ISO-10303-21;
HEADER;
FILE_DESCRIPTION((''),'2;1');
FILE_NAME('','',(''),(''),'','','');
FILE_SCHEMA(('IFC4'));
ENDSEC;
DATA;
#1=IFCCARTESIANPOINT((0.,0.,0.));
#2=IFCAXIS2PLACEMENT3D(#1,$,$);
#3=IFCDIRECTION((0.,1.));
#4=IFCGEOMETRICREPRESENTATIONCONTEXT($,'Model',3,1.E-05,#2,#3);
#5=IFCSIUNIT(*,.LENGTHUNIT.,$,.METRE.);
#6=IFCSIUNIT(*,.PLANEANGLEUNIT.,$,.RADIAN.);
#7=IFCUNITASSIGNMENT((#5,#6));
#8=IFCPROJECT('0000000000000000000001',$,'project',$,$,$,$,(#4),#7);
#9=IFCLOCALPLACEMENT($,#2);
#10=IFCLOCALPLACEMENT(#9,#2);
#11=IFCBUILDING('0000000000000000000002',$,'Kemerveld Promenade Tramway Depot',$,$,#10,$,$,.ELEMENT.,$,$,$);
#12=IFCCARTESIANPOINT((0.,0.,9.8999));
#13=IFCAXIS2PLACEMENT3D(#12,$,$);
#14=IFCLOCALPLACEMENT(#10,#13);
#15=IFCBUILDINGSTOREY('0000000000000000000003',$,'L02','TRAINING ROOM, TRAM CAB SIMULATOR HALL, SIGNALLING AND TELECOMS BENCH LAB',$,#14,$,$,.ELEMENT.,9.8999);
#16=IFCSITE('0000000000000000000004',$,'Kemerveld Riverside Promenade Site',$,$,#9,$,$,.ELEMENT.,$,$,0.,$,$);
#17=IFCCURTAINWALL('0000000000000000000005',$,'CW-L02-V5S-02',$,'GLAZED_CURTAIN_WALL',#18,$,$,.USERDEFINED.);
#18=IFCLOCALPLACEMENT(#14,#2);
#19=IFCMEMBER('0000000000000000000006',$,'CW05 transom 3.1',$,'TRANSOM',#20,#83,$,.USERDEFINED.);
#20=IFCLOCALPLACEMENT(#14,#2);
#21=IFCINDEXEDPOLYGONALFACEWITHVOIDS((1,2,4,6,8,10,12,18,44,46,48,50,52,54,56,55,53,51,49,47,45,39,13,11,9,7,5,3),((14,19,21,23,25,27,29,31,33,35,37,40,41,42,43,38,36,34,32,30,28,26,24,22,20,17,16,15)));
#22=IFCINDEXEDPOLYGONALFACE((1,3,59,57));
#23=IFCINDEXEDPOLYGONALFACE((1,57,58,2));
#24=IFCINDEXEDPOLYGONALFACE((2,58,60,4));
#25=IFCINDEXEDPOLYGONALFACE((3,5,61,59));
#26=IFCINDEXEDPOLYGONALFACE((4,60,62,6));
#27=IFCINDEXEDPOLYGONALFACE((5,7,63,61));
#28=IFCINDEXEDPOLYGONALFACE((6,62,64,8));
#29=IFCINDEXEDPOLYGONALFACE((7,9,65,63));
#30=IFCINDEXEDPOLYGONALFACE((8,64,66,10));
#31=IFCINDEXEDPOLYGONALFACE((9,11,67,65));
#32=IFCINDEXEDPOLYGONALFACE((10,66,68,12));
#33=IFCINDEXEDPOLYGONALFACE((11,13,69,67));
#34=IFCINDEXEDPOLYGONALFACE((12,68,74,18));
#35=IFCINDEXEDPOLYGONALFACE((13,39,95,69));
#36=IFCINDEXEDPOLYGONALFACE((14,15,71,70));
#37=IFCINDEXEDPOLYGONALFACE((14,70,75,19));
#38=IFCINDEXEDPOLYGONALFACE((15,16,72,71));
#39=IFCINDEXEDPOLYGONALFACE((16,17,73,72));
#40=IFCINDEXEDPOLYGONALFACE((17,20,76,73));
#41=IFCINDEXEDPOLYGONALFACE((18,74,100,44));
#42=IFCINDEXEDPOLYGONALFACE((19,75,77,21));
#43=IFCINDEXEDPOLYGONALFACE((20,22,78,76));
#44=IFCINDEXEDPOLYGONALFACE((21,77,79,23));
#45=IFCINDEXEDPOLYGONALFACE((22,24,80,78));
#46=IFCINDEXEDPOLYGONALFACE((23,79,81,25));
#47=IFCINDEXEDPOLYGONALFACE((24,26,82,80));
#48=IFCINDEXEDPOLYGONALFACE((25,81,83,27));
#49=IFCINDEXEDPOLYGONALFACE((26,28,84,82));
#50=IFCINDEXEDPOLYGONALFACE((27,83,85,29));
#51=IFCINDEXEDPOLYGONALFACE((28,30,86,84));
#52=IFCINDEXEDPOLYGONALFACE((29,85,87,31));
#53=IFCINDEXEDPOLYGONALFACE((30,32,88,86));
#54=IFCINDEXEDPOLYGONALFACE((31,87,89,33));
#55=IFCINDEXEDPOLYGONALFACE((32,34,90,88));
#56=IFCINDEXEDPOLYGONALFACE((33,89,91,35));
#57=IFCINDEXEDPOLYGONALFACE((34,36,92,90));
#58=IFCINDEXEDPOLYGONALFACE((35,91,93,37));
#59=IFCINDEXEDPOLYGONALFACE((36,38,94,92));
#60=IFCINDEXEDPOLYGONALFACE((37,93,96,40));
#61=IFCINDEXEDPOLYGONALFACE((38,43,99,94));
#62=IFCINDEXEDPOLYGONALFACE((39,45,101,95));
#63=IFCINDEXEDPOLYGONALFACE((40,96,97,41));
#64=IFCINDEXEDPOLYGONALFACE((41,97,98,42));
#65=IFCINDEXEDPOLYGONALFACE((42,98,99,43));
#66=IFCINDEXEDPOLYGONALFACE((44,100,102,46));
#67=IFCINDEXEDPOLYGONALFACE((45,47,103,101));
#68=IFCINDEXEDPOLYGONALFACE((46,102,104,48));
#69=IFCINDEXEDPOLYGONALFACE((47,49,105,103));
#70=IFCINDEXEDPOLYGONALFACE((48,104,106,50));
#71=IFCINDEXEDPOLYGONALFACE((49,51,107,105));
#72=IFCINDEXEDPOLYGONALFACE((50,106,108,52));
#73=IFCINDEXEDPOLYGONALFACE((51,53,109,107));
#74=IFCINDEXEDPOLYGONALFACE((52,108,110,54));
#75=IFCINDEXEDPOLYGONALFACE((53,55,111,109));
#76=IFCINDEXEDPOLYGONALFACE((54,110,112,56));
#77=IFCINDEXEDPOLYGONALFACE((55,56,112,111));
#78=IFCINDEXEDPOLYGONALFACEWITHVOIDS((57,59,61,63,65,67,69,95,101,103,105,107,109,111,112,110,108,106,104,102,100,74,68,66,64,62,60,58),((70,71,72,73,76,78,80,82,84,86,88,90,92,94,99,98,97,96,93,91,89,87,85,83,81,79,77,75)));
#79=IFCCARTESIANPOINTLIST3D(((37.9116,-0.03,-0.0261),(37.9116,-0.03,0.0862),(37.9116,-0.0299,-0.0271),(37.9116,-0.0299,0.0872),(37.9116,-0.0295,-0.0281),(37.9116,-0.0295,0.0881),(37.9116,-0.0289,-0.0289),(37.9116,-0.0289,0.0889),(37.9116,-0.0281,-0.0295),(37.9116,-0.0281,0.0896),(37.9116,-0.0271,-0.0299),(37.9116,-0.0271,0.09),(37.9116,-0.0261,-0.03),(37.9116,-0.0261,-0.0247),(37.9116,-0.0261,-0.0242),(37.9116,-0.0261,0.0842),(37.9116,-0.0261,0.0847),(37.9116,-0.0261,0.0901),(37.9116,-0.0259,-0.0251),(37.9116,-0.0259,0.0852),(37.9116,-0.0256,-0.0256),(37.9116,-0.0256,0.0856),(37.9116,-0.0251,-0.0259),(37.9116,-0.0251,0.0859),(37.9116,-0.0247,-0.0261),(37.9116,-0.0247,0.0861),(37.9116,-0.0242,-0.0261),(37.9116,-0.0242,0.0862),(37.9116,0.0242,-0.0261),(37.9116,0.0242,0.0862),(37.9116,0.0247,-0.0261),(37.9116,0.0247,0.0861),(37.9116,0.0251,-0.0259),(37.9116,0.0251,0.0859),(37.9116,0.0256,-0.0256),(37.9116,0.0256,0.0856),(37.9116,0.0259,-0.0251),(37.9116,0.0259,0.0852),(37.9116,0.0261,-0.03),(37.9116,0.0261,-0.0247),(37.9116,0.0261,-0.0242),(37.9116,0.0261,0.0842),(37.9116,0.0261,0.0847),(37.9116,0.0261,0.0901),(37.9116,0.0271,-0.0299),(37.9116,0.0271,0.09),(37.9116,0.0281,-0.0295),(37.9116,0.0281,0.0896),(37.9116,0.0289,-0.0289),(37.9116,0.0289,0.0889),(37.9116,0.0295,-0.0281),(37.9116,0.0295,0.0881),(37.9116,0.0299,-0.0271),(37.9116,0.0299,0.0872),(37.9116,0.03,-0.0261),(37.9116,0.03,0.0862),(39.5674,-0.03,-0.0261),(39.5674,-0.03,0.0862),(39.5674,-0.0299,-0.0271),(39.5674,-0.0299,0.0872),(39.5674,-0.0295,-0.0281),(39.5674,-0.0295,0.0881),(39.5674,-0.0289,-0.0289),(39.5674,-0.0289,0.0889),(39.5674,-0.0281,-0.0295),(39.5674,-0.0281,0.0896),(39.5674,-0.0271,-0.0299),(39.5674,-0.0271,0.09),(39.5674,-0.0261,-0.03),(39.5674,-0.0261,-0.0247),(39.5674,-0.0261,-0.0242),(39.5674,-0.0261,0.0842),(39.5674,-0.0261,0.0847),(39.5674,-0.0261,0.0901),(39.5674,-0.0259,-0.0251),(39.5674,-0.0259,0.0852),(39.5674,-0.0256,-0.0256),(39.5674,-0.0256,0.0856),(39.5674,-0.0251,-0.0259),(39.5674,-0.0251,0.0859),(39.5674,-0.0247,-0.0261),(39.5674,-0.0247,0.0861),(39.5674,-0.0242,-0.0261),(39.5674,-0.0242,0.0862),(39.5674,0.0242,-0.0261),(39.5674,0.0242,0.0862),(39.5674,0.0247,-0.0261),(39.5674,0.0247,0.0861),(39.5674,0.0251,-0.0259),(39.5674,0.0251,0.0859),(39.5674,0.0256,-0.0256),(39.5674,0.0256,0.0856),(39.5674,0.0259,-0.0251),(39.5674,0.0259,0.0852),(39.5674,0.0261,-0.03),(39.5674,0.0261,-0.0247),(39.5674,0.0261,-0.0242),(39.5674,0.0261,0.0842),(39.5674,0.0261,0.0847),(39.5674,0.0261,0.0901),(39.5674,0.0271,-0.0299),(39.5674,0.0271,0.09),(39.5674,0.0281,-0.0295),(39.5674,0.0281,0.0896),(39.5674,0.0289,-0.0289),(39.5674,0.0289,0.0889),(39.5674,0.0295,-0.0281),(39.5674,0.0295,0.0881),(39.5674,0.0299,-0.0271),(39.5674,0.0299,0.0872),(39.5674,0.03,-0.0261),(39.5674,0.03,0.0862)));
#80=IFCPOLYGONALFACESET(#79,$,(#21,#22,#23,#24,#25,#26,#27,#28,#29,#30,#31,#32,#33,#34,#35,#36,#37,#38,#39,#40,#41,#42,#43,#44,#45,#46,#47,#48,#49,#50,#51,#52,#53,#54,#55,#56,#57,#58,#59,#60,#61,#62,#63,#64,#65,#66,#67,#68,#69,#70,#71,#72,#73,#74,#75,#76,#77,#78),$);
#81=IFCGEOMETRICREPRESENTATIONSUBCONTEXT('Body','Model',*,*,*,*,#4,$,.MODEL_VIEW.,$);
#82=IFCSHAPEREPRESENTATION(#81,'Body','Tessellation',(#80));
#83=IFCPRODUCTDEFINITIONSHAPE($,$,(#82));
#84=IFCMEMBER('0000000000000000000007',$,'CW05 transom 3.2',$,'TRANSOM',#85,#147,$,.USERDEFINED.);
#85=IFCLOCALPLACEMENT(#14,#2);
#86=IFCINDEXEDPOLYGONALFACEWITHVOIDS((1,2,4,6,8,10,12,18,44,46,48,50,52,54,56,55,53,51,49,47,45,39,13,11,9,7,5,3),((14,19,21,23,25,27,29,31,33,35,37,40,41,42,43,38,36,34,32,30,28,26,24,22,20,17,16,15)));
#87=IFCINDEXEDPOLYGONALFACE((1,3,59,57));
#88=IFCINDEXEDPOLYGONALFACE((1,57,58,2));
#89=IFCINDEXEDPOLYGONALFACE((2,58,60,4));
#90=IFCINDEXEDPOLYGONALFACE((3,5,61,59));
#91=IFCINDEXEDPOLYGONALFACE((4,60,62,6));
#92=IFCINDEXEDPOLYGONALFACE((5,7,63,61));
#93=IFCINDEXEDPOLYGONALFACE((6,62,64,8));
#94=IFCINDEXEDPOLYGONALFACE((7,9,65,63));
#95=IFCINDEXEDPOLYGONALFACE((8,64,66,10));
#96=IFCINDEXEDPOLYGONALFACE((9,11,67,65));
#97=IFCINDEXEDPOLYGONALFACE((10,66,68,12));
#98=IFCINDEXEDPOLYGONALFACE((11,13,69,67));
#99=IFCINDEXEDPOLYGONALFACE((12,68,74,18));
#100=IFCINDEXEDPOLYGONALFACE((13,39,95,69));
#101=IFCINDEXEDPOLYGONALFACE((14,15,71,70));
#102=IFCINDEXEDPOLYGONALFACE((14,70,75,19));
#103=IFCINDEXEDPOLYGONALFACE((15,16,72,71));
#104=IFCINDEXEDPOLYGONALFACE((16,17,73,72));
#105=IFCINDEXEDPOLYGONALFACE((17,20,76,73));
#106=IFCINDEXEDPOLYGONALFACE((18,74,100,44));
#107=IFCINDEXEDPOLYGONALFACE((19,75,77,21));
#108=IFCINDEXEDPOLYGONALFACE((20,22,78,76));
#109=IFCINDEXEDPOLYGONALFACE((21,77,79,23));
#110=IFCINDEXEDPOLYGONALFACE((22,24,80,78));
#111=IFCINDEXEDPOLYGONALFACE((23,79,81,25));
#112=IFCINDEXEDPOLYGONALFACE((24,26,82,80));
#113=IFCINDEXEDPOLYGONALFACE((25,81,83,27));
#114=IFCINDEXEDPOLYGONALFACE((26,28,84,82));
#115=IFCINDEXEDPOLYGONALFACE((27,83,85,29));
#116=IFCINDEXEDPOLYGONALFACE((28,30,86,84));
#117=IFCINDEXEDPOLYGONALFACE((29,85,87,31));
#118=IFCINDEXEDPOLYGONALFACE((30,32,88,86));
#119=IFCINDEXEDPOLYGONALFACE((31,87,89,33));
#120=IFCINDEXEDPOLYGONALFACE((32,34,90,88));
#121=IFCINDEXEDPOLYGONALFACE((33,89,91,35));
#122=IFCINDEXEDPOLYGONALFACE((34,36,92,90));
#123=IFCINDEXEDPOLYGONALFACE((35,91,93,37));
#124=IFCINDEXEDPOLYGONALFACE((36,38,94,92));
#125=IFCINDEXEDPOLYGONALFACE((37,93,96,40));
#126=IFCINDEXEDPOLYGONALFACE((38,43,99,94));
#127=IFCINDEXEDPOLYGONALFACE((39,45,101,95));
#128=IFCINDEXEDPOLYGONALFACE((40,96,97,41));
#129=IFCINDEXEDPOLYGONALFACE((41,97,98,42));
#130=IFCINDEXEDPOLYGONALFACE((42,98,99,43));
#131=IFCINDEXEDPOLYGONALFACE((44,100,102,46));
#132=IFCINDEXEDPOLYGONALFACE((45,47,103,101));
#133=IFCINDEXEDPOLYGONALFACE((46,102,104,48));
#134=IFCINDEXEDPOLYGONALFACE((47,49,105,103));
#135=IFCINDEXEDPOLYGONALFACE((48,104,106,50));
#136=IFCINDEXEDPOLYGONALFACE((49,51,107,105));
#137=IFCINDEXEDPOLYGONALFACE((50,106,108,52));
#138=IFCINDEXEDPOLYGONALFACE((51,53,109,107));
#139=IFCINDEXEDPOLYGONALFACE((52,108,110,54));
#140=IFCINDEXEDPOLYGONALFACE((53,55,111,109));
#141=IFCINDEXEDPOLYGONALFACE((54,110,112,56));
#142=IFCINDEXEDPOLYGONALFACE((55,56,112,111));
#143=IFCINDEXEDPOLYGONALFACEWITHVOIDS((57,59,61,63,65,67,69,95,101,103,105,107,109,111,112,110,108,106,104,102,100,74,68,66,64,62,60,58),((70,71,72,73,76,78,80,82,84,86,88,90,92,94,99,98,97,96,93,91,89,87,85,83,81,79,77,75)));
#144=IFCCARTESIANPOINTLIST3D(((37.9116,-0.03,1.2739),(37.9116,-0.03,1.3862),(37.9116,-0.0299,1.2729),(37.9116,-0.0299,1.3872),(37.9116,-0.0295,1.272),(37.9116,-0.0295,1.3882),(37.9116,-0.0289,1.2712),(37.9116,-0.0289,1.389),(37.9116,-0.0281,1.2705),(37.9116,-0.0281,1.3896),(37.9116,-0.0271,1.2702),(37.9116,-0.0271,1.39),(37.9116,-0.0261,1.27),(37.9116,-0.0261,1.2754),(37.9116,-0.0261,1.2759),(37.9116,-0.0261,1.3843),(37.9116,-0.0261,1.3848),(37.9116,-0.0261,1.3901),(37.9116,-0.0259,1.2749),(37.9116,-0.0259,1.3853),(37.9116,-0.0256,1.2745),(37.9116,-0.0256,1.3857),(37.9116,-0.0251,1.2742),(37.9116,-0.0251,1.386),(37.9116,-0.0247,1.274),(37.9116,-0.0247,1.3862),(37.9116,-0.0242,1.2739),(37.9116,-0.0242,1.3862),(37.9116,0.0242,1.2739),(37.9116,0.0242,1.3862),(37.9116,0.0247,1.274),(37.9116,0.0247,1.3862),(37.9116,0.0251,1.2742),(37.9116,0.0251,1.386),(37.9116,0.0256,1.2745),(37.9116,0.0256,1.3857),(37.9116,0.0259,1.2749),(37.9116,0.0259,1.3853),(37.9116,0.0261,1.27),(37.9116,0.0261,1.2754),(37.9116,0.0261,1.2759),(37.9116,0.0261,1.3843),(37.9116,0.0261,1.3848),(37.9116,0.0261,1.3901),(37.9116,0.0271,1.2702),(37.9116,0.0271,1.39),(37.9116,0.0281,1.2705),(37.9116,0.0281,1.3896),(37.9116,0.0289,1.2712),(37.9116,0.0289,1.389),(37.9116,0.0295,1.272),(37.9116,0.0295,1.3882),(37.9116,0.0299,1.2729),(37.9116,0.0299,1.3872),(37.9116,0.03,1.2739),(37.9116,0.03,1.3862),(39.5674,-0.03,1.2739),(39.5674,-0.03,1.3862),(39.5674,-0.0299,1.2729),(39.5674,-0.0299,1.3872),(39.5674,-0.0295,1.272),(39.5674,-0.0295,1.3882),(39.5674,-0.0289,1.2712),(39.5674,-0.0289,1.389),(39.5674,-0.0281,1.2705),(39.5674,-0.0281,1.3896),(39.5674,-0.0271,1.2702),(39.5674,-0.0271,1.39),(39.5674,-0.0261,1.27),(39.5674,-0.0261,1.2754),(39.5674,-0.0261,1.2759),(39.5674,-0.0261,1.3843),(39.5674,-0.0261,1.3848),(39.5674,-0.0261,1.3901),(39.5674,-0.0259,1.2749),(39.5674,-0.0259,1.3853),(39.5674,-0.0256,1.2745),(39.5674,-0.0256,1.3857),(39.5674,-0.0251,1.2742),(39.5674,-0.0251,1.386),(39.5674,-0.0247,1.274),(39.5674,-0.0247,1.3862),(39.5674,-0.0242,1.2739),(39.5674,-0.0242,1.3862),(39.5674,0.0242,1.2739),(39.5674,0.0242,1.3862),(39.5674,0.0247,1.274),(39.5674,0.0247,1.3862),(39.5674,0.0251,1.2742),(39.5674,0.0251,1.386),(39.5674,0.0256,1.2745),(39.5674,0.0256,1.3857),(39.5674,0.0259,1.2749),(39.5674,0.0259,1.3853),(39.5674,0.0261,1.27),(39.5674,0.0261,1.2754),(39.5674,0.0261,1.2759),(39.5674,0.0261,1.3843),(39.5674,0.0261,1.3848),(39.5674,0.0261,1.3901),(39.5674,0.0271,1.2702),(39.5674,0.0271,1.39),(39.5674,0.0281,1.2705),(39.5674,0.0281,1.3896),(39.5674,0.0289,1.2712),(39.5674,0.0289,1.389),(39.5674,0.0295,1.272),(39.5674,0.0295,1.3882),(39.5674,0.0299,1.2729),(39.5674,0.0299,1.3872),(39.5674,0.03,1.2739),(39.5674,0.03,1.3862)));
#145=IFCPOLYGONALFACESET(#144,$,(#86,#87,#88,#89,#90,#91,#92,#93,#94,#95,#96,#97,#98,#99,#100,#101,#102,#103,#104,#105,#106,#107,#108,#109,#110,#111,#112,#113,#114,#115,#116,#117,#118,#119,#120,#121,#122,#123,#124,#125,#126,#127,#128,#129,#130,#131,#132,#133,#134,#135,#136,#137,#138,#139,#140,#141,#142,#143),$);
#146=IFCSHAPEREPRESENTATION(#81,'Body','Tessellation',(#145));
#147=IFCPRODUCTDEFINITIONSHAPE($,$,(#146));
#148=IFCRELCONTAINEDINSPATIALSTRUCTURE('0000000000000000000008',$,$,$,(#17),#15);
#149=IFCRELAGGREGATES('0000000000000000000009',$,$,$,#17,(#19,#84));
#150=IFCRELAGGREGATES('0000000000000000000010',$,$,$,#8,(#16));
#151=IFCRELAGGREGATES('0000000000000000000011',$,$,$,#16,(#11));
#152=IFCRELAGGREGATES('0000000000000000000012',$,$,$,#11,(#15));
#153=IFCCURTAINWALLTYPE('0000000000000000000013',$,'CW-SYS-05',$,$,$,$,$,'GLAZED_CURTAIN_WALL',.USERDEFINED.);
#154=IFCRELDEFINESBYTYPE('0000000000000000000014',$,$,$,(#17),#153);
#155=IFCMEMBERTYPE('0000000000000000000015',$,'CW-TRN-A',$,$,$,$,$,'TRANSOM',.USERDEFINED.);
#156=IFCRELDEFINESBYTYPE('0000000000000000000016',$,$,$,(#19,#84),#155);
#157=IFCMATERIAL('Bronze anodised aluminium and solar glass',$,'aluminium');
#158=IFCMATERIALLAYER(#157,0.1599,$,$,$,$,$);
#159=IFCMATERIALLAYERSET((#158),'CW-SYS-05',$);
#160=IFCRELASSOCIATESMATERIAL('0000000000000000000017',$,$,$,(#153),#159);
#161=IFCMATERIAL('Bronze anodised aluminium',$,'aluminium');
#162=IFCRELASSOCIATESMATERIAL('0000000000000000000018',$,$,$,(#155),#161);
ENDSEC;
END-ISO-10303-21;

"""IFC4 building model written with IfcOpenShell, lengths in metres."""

from ifc_helpers import new_model, si_unit, direction, frame, origin, origin_2d, place, context, subcontext, project, spatial, hollow_rectangle, extrude, material, layer, layer_set, material_profile, profile_set, type_object, element, aggregate, save


model = new_model("IFC4")

# Units and contexts
model_context = context("Model", 3, precision=1e-05, world=origin(), true_north=direction((0.0, 1.0)))
body_context = subcontext(model_context, "Body", "Model", "MODEL_VIEW")
ifc_project = project(units=[si_unit("LENGTHUNIT", "METRE"), si_unit("PLANEANGLEUNIT", "RADIAN")], contexts=[model_context])

# Site, building, storey
site_placement = place(None, origin())
site = spatial("IfcSite", under=ifc_project, at=site_placement, Name="Kemerveld Riverside Promenade Site", CompositionType="ELEMENT", RefElevation=0.0)
building_placement = place(site_placement, origin())
building = spatial("IfcBuilding", under=site, at=building_placement, Name="Kemerveld Promenade Tramway Depot", CompositionType="ELEMENT")
storey_placement = place(building_placement, frame((0.0, 0.0, 9.8999)))
storey = spatial("IfcBuildingStorey", under=building, at=storey_placement, Name="L02", Description="TRAINING ROOM, TRAM CAB SIMULATOR HALL, SIGNALLING AND TELECOMS BENCH LAB", CompositionType="ELEMENT", Elevation=9.8999)

# Curtain wall
ifc_material_1 = material(Name="Bronze anodised aluminium and solar glass", Category="aluminium")
ifc_layer_1 = layer(ifc_material_1, 0.1599)
ifc_layer_set_1 = layer_set([ifc_layer_1], Name="CW-SYS-05")
curtain_wall_type_1 = type_object("IfcCurtainWallType", Name="CW-SYS-05", ElementType="GLAZED_CURTAIN_WALL", PredefinedType="USERDEFINED", material=ifc_layer_set_1)
curtain_wall_1_placement = place(storey_placement, origin())
curtain_wall_1 = element("IfcCurtainWall", 1, at=curtain_wall_1_placement, inside=storey, type_object=curtain_wall_type_1, Name="CW-L02-V5S-02", ObjectType="GLAZED_CURTAIN_WALL", PredefinedType="USERDEFINED")
ifc_material_2 = material(Name="Bronze anodised aluminium", Category="aluminium")

# Members
ifc_material_profile_1 = material_profile(ifc_material_2, hollow_rectangle(XDim=0.0601, YDim=0.1201, WallThickness=0.0039, InnerFilletRadius=0.002, OuterFilletRadius=0.0039, at=origin_2d()), Name="CW-TRN-120x60")
ifc_profile_set_1 = profile_set([ifc_material_profile_1], Name="Bronze anodised aluminium")
member_type_1 = type_object("IfcMemberType", Name="CW-TRN-A", ElementType="TRANSOM", PredefinedType="USERDEFINED", material=ifc_profile_set_1)
member_1_placement = place(storey_placement, frame((39.5674, 0.0, 0.03), z_axis=(-1.0, 0.0, 0.0), x_axis=(0.0, -1.0, 0.0)))
member_1 = element("IfcMember", 2, at=member_1_placement, type_object=member_type_1, Name="CW05 transom 3.1", ObjectType="TRANSOM", PredefinedType="USERDEFINED", context=body_context, shape_type="SweptSolid", body=[
    extrude(hollow_rectangle(XDim=0.0601, YDim=0.1201, WallThickness=0.0039, InnerFilletRadius=0.002, OuterFilletRadius=0.0039, at=origin_2d()), origin(), (0.0, 0.0, 1.0), 1.6558),
])
member_2_placement = place(storey_placement, frame((39.5674, 0.0, 1.3301), z_axis=(-1.0, 0.0, 0.0), x_axis=(0.0, -1.0, 0.0)))
member_2 = element("IfcMember", 3, at=member_2_placement, type_object=member_type_1, Name="CW05 transom 3.2", ObjectType="TRANSOM", PredefinedType="USERDEFINED", context=body_context, shape_type="SweptSolid", body=[
    extrude(hollow_rectangle(XDim=0.0601, YDim=0.1201, WallThickness=0.0039, InnerFilletRadius=0.002, OuterFilletRadius=0.0039, at=origin_2d()), origin(), (0.0, 0.0, 1.0), 1.6558),
])

aggregate(curtain_wall_1, [member_1, member_2])

save(model, "model.ifc")
